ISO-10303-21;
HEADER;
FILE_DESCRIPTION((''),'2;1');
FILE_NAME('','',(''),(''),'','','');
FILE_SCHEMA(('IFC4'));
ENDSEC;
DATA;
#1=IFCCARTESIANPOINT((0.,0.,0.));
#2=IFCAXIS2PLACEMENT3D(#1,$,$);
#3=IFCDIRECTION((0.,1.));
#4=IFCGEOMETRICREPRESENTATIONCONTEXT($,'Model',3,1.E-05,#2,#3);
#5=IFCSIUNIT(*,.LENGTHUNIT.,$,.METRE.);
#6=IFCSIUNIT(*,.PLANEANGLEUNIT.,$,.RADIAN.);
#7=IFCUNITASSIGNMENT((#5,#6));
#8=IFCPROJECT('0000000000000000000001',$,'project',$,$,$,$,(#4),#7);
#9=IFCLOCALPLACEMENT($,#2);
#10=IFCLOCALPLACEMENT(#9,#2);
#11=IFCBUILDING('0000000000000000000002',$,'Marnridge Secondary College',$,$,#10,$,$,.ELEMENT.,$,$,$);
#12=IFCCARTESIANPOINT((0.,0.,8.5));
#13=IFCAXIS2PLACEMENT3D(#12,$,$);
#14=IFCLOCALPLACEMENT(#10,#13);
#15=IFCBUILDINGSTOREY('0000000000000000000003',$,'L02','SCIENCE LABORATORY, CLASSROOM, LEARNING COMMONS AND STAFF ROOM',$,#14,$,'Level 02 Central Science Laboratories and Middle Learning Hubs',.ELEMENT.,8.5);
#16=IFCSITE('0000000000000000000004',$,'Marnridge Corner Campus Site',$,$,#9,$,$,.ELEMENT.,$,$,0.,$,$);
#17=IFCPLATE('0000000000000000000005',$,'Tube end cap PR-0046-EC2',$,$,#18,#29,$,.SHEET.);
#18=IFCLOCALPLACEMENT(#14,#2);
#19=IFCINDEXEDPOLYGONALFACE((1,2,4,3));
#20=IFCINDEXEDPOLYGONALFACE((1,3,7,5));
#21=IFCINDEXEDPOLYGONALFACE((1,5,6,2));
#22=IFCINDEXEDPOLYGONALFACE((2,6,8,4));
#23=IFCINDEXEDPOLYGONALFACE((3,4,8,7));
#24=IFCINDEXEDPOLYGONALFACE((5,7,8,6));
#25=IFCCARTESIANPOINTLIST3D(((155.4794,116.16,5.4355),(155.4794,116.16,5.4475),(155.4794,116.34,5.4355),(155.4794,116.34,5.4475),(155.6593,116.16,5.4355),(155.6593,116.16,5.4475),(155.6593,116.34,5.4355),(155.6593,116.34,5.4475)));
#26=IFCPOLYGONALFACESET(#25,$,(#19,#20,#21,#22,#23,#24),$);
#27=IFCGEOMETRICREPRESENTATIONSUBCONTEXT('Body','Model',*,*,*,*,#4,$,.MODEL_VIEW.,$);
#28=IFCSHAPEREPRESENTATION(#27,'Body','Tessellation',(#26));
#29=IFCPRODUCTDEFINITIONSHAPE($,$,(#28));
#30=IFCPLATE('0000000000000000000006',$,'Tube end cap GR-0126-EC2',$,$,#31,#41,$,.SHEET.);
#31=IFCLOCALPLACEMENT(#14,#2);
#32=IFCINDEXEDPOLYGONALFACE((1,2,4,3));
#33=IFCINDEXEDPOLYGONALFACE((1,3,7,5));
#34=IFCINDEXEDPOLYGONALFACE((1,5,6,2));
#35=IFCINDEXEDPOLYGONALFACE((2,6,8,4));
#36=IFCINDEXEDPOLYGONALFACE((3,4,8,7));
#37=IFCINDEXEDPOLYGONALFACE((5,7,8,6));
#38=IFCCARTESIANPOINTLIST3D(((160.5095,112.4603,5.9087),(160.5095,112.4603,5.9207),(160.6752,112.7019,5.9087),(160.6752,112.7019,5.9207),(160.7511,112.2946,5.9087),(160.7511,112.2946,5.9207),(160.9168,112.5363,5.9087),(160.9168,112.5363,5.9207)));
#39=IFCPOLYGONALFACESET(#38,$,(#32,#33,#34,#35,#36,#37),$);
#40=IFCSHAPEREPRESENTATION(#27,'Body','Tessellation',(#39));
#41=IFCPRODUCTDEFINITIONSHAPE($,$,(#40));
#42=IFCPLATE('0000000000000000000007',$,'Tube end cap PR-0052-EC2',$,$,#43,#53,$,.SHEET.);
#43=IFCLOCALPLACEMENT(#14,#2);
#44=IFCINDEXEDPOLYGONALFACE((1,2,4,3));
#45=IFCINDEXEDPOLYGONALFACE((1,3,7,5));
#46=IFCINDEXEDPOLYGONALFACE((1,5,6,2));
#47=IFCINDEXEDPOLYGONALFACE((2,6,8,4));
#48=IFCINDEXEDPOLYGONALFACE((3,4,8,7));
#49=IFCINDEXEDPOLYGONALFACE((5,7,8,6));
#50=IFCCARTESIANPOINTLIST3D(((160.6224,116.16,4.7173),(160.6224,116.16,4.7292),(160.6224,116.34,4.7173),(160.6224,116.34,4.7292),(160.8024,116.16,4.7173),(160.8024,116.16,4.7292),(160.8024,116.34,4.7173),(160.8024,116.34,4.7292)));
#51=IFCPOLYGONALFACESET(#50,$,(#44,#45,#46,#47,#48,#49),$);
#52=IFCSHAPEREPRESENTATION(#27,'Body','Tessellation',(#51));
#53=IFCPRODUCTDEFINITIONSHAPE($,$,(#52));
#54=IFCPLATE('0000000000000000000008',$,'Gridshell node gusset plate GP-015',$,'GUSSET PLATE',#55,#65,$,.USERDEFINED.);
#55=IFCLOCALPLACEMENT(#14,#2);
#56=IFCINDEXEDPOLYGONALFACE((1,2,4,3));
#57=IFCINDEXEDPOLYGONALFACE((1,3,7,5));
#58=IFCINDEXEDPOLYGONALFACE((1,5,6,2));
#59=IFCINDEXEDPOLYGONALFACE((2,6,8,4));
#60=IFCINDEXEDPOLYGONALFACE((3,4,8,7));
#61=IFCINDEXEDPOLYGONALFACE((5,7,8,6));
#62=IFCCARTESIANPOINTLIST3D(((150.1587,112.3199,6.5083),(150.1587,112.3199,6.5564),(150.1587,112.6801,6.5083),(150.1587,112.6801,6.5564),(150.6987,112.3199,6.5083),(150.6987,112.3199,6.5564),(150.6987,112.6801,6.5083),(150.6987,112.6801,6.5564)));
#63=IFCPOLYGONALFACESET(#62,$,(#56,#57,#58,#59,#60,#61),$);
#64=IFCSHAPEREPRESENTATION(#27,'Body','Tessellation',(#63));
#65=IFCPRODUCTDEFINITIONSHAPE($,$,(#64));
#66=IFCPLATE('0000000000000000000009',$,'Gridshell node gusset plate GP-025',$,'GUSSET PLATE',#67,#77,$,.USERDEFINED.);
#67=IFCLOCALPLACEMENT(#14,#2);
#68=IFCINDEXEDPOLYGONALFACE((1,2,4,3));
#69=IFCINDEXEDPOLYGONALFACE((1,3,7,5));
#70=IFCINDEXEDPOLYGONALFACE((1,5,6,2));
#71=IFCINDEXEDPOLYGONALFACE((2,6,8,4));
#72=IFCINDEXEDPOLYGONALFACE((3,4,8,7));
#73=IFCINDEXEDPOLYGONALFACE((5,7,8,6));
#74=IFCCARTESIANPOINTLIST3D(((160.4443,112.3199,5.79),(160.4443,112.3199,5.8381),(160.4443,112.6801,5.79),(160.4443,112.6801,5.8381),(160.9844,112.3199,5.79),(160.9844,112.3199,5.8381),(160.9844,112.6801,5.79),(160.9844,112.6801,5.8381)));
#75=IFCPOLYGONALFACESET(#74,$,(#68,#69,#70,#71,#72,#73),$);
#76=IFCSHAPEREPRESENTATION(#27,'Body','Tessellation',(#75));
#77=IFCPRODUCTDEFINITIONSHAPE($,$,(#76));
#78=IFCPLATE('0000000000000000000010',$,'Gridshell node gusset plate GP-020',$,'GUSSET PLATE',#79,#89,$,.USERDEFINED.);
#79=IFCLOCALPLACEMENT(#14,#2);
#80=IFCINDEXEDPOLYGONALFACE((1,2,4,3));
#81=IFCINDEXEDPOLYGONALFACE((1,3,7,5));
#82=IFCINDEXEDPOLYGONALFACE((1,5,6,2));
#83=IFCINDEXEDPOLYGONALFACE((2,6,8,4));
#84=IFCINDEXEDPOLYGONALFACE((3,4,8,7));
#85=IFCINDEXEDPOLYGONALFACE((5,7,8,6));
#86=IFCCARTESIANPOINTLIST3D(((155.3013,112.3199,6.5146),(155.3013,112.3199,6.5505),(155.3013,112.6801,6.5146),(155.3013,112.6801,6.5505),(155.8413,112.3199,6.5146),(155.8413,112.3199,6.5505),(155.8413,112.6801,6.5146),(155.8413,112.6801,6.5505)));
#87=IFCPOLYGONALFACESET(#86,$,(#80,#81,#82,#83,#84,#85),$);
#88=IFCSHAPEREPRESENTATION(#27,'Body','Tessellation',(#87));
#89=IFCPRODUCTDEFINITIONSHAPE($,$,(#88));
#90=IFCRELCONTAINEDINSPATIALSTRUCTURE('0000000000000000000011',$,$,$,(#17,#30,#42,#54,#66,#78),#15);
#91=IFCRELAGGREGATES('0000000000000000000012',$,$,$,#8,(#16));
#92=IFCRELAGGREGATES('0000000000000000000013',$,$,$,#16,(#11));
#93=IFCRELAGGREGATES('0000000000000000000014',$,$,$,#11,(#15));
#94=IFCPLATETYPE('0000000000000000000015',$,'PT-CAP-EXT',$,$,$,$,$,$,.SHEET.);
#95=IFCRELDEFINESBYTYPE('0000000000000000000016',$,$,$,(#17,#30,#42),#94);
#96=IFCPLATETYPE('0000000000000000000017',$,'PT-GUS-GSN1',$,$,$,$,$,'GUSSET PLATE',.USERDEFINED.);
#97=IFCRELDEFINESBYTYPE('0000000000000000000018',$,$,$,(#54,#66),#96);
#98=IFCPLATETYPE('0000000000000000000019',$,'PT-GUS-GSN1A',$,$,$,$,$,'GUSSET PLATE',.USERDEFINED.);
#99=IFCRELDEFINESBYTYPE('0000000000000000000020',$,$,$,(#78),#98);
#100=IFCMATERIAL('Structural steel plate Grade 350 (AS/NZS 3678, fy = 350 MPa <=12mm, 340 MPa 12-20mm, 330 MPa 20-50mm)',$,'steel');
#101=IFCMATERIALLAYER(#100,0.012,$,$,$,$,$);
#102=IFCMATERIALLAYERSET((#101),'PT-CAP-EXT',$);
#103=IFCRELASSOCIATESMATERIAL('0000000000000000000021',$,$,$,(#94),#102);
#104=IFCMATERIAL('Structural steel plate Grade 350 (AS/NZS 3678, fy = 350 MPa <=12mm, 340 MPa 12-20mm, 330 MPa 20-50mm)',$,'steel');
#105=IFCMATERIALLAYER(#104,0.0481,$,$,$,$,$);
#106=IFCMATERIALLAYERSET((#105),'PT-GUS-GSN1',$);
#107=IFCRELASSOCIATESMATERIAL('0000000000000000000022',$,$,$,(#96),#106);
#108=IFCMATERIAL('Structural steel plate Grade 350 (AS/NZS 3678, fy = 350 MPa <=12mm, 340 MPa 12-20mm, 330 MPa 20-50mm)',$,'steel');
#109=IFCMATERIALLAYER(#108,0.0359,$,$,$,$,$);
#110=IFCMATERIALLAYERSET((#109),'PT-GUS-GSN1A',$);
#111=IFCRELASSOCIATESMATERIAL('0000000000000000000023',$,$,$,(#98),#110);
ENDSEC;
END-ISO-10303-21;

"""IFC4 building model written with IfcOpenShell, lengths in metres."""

from ifc_helpers import new_model, si_unit, direction, frame, origin, origin_2d, place, context, subcontext, project, spatial, rectangle, extrude, material, layer, layer_set, type_object, element, save


model = new_model("IFC4")

# Units and contexts
model_context = context("Model", 3, precision=1e-05, world=origin(), true_north=direction((0.0, 1.0)))
body_context = subcontext(model_context, "Body", "Model", "MODEL_VIEW")
ifc_project = project(units=[si_unit("LENGTHUNIT", "METRE"), si_unit("PLANEANGLEUNIT", "RADIAN")], contexts=[model_context])

# Site, building, storey
site_placement = place(None, origin())
site = spatial("IfcSite", under=ifc_project, at=site_placement, Name="Marnridge Corner Campus Site", CompositionType="ELEMENT", RefElevation=0.0)
building_placement = place(site_placement, origin())
building = spatial("IfcBuilding", under=site, at=building_placement, Name="Marnridge Secondary College", CompositionType="ELEMENT")
storey_placement = place(building_placement, frame((0.0, 0.0, 8.5)))
storey = spatial("IfcBuildingStorey", under=building, at=storey_placement, Name="L02", Description="SCIENCE LABORATORY, CLASSROOM, LEARNING COMMONS AND STAFF ROOM", LongName="Level 02 Central Science Laboratories and Middle Learning Hubs", CompositionType="ELEMENT", Elevation=8.5)

# Plates
ifc_material_1 = material(Name="Structural steel plate Grade 350 (AS/NZS 3678, fy = 350 MPa <=12mm, 340 MPa 12-20mm, 330 MPa 20-50mm)", Category="steel")
ifc_layer_1 = layer(ifc_material_1, 0.012)
ifc_layer_set_1 = layer_set([ifc_layer_1], Name="PT-CAP-EXT")
plate_type_1 = type_object("IfcPlateType", Name="PT-CAP-EXT", PredefinedType="SHEET", material=ifc_layer_set_1)
plate_1_placement = place(storey_placement, frame((155.5693, 116.25, 5.4355), z_axis=(0.0, 0.0, 1.0), x_axis=(1.0, 0.0, 0.0)))
element("IfcPlate", 1, at=plate_1_placement, inside=storey, type_object=plate_type_1, Name="Tube end cap PR-0046-EC2", PredefinedType="SHEET", context=body_context, shape_type="SweptSolid", body=[
    extrude(rectangle(XDim=0.1799, YDim=0.1799, at=origin_2d()), origin(), (0.0, 0.0, 1.0), 0.012),
])
plate_2_placement = place(storey_placement, frame((160.7131, 112.4983, 5.9087), z_axis=(0.0, 0.0, 1.0), x_axis=(0.565543, 0.824719, 0.0)))
element("IfcPlate", 2, at=plate_2_placement, inside=storey, type_object=plate_type_1, Name="Tube end cap GR-0126-EC2", PredefinedType="SHEET", context=body_context, shape_type="SweptSolid", body=[
    extrude(rectangle(XDim=0.293, YDim=0.293, at=origin_2d()), origin(), (0.0, 0.0, 1.0), 0.012),
])
plate_3_placement = place(storey_placement, frame((160.7124, 116.25, 4.7173), z_axis=(0.0, 0.0, 1.0), x_axis=(1.0, 0.0, 0.0)))
element("IfcPlate", 3, at=plate_3_placement, inside=storey, type_object=plate_type_1, Name="Tube end cap PR-0052-EC2", PredefinedType="SHEET", context=body_context, shape_type="SweptSolid", body=[
    extrude(rectangle(XDim=0.1799, YDim=0.1799, at=origin_2d()), origin(), (0.0, 0.0, 1.0), 0.012),
])
ifc_material_2 = material(Name="Structural steel plate Grade 350 (AS/NZS 3678, fy = 350 MPa <=12mm, 340 MPa 12-20mm, 330 MPa 20-50mm)", Category="steel")
ifc_layer_2 = layer(ifc_material_2, 0.0481)
ifc_layer_set_2 = layer_set([ifc_layer_2], Name="PT-GUS-GSN1")
plate_type_2 = type_object("IfcPlateType", Name="PT-GUS-GSN1", ElementType="GUSSET PLATE", PredefinedType="USERDEFINED", material=ifc_layer_set_2)
for number, where, z_axis, x_axis, name in (
    (4, (150.4287, 112.5, 6.5083), (0.0, 0.0, 1.0), (1.0, 0.0, 0.0), "Gridshell node gusset plate GP-015"),
    (5, (160.7144, 112.5, 5.79), (0.0, 0.0, 1.0), (1.0, 0.0, 0.0), "Gridshell node gusset plate GP-025"),
):
    element("IfcPlate", number, at=place(storey_placement, frame(where, z_axis=z_axis, x_axis=x_axis)), inside=storey, type_object=plate_type_2, Name=name, ObjectType="GUSSET PLATE", PredefinedType="USERDEFINED", context=body_context, shape_type="SweptSolid", body=[
        extrude(rectangle(XDim=0.54, YDim=0.3601, at=origin_2d()), origin(), (0.0, 0.0, 1.0), 0.0481),
    ])
ifc_material_3 = material(Name="Structural steel plate Grade 350 (AS/NZS 3678, fy = 350 MPa <=12mm, 340 MPa 12-20mm, 330 MPa 20-50mm)", Category="steel")
ifc_layer_3 = layer(ifc_material_3, 0.0359)
ifc_layer_set_3 = layer_set([ifc_layer_3], Name="PT-GUS-GSN1A")
plate_type_3 = type_object("IfcPlateType", Name="PT-GUS-GSN1A", ElementType="GUSSET PLATE", PredefinedType="USERDEFINED", material=ifc_layer_set_3)
plate_4_placement = place(storey_placement, frame((155.5713, 112.5, 6.5146), z_axis=(0.0, 0.0, 1.0), x_axis=(1.0, 0.0, 0.0)))
element("IfcPlate", 6, at=plate_4_placement, inside=storey, type_object=plate_type_3, Name="Gridshell node gusset plate GP-020", ObjectType="GUSSET PLATE", PredefinedType="USERDEFINED", context=body_context, shape_type="SweptSolid", body=[
    extrude(rectangle(XDim=0.54, YDim=0.3601, at=origin_2d()), origin(), (0.0, 0.0, 1.0), 0.0359),
])

save(model, "model.ifc")
